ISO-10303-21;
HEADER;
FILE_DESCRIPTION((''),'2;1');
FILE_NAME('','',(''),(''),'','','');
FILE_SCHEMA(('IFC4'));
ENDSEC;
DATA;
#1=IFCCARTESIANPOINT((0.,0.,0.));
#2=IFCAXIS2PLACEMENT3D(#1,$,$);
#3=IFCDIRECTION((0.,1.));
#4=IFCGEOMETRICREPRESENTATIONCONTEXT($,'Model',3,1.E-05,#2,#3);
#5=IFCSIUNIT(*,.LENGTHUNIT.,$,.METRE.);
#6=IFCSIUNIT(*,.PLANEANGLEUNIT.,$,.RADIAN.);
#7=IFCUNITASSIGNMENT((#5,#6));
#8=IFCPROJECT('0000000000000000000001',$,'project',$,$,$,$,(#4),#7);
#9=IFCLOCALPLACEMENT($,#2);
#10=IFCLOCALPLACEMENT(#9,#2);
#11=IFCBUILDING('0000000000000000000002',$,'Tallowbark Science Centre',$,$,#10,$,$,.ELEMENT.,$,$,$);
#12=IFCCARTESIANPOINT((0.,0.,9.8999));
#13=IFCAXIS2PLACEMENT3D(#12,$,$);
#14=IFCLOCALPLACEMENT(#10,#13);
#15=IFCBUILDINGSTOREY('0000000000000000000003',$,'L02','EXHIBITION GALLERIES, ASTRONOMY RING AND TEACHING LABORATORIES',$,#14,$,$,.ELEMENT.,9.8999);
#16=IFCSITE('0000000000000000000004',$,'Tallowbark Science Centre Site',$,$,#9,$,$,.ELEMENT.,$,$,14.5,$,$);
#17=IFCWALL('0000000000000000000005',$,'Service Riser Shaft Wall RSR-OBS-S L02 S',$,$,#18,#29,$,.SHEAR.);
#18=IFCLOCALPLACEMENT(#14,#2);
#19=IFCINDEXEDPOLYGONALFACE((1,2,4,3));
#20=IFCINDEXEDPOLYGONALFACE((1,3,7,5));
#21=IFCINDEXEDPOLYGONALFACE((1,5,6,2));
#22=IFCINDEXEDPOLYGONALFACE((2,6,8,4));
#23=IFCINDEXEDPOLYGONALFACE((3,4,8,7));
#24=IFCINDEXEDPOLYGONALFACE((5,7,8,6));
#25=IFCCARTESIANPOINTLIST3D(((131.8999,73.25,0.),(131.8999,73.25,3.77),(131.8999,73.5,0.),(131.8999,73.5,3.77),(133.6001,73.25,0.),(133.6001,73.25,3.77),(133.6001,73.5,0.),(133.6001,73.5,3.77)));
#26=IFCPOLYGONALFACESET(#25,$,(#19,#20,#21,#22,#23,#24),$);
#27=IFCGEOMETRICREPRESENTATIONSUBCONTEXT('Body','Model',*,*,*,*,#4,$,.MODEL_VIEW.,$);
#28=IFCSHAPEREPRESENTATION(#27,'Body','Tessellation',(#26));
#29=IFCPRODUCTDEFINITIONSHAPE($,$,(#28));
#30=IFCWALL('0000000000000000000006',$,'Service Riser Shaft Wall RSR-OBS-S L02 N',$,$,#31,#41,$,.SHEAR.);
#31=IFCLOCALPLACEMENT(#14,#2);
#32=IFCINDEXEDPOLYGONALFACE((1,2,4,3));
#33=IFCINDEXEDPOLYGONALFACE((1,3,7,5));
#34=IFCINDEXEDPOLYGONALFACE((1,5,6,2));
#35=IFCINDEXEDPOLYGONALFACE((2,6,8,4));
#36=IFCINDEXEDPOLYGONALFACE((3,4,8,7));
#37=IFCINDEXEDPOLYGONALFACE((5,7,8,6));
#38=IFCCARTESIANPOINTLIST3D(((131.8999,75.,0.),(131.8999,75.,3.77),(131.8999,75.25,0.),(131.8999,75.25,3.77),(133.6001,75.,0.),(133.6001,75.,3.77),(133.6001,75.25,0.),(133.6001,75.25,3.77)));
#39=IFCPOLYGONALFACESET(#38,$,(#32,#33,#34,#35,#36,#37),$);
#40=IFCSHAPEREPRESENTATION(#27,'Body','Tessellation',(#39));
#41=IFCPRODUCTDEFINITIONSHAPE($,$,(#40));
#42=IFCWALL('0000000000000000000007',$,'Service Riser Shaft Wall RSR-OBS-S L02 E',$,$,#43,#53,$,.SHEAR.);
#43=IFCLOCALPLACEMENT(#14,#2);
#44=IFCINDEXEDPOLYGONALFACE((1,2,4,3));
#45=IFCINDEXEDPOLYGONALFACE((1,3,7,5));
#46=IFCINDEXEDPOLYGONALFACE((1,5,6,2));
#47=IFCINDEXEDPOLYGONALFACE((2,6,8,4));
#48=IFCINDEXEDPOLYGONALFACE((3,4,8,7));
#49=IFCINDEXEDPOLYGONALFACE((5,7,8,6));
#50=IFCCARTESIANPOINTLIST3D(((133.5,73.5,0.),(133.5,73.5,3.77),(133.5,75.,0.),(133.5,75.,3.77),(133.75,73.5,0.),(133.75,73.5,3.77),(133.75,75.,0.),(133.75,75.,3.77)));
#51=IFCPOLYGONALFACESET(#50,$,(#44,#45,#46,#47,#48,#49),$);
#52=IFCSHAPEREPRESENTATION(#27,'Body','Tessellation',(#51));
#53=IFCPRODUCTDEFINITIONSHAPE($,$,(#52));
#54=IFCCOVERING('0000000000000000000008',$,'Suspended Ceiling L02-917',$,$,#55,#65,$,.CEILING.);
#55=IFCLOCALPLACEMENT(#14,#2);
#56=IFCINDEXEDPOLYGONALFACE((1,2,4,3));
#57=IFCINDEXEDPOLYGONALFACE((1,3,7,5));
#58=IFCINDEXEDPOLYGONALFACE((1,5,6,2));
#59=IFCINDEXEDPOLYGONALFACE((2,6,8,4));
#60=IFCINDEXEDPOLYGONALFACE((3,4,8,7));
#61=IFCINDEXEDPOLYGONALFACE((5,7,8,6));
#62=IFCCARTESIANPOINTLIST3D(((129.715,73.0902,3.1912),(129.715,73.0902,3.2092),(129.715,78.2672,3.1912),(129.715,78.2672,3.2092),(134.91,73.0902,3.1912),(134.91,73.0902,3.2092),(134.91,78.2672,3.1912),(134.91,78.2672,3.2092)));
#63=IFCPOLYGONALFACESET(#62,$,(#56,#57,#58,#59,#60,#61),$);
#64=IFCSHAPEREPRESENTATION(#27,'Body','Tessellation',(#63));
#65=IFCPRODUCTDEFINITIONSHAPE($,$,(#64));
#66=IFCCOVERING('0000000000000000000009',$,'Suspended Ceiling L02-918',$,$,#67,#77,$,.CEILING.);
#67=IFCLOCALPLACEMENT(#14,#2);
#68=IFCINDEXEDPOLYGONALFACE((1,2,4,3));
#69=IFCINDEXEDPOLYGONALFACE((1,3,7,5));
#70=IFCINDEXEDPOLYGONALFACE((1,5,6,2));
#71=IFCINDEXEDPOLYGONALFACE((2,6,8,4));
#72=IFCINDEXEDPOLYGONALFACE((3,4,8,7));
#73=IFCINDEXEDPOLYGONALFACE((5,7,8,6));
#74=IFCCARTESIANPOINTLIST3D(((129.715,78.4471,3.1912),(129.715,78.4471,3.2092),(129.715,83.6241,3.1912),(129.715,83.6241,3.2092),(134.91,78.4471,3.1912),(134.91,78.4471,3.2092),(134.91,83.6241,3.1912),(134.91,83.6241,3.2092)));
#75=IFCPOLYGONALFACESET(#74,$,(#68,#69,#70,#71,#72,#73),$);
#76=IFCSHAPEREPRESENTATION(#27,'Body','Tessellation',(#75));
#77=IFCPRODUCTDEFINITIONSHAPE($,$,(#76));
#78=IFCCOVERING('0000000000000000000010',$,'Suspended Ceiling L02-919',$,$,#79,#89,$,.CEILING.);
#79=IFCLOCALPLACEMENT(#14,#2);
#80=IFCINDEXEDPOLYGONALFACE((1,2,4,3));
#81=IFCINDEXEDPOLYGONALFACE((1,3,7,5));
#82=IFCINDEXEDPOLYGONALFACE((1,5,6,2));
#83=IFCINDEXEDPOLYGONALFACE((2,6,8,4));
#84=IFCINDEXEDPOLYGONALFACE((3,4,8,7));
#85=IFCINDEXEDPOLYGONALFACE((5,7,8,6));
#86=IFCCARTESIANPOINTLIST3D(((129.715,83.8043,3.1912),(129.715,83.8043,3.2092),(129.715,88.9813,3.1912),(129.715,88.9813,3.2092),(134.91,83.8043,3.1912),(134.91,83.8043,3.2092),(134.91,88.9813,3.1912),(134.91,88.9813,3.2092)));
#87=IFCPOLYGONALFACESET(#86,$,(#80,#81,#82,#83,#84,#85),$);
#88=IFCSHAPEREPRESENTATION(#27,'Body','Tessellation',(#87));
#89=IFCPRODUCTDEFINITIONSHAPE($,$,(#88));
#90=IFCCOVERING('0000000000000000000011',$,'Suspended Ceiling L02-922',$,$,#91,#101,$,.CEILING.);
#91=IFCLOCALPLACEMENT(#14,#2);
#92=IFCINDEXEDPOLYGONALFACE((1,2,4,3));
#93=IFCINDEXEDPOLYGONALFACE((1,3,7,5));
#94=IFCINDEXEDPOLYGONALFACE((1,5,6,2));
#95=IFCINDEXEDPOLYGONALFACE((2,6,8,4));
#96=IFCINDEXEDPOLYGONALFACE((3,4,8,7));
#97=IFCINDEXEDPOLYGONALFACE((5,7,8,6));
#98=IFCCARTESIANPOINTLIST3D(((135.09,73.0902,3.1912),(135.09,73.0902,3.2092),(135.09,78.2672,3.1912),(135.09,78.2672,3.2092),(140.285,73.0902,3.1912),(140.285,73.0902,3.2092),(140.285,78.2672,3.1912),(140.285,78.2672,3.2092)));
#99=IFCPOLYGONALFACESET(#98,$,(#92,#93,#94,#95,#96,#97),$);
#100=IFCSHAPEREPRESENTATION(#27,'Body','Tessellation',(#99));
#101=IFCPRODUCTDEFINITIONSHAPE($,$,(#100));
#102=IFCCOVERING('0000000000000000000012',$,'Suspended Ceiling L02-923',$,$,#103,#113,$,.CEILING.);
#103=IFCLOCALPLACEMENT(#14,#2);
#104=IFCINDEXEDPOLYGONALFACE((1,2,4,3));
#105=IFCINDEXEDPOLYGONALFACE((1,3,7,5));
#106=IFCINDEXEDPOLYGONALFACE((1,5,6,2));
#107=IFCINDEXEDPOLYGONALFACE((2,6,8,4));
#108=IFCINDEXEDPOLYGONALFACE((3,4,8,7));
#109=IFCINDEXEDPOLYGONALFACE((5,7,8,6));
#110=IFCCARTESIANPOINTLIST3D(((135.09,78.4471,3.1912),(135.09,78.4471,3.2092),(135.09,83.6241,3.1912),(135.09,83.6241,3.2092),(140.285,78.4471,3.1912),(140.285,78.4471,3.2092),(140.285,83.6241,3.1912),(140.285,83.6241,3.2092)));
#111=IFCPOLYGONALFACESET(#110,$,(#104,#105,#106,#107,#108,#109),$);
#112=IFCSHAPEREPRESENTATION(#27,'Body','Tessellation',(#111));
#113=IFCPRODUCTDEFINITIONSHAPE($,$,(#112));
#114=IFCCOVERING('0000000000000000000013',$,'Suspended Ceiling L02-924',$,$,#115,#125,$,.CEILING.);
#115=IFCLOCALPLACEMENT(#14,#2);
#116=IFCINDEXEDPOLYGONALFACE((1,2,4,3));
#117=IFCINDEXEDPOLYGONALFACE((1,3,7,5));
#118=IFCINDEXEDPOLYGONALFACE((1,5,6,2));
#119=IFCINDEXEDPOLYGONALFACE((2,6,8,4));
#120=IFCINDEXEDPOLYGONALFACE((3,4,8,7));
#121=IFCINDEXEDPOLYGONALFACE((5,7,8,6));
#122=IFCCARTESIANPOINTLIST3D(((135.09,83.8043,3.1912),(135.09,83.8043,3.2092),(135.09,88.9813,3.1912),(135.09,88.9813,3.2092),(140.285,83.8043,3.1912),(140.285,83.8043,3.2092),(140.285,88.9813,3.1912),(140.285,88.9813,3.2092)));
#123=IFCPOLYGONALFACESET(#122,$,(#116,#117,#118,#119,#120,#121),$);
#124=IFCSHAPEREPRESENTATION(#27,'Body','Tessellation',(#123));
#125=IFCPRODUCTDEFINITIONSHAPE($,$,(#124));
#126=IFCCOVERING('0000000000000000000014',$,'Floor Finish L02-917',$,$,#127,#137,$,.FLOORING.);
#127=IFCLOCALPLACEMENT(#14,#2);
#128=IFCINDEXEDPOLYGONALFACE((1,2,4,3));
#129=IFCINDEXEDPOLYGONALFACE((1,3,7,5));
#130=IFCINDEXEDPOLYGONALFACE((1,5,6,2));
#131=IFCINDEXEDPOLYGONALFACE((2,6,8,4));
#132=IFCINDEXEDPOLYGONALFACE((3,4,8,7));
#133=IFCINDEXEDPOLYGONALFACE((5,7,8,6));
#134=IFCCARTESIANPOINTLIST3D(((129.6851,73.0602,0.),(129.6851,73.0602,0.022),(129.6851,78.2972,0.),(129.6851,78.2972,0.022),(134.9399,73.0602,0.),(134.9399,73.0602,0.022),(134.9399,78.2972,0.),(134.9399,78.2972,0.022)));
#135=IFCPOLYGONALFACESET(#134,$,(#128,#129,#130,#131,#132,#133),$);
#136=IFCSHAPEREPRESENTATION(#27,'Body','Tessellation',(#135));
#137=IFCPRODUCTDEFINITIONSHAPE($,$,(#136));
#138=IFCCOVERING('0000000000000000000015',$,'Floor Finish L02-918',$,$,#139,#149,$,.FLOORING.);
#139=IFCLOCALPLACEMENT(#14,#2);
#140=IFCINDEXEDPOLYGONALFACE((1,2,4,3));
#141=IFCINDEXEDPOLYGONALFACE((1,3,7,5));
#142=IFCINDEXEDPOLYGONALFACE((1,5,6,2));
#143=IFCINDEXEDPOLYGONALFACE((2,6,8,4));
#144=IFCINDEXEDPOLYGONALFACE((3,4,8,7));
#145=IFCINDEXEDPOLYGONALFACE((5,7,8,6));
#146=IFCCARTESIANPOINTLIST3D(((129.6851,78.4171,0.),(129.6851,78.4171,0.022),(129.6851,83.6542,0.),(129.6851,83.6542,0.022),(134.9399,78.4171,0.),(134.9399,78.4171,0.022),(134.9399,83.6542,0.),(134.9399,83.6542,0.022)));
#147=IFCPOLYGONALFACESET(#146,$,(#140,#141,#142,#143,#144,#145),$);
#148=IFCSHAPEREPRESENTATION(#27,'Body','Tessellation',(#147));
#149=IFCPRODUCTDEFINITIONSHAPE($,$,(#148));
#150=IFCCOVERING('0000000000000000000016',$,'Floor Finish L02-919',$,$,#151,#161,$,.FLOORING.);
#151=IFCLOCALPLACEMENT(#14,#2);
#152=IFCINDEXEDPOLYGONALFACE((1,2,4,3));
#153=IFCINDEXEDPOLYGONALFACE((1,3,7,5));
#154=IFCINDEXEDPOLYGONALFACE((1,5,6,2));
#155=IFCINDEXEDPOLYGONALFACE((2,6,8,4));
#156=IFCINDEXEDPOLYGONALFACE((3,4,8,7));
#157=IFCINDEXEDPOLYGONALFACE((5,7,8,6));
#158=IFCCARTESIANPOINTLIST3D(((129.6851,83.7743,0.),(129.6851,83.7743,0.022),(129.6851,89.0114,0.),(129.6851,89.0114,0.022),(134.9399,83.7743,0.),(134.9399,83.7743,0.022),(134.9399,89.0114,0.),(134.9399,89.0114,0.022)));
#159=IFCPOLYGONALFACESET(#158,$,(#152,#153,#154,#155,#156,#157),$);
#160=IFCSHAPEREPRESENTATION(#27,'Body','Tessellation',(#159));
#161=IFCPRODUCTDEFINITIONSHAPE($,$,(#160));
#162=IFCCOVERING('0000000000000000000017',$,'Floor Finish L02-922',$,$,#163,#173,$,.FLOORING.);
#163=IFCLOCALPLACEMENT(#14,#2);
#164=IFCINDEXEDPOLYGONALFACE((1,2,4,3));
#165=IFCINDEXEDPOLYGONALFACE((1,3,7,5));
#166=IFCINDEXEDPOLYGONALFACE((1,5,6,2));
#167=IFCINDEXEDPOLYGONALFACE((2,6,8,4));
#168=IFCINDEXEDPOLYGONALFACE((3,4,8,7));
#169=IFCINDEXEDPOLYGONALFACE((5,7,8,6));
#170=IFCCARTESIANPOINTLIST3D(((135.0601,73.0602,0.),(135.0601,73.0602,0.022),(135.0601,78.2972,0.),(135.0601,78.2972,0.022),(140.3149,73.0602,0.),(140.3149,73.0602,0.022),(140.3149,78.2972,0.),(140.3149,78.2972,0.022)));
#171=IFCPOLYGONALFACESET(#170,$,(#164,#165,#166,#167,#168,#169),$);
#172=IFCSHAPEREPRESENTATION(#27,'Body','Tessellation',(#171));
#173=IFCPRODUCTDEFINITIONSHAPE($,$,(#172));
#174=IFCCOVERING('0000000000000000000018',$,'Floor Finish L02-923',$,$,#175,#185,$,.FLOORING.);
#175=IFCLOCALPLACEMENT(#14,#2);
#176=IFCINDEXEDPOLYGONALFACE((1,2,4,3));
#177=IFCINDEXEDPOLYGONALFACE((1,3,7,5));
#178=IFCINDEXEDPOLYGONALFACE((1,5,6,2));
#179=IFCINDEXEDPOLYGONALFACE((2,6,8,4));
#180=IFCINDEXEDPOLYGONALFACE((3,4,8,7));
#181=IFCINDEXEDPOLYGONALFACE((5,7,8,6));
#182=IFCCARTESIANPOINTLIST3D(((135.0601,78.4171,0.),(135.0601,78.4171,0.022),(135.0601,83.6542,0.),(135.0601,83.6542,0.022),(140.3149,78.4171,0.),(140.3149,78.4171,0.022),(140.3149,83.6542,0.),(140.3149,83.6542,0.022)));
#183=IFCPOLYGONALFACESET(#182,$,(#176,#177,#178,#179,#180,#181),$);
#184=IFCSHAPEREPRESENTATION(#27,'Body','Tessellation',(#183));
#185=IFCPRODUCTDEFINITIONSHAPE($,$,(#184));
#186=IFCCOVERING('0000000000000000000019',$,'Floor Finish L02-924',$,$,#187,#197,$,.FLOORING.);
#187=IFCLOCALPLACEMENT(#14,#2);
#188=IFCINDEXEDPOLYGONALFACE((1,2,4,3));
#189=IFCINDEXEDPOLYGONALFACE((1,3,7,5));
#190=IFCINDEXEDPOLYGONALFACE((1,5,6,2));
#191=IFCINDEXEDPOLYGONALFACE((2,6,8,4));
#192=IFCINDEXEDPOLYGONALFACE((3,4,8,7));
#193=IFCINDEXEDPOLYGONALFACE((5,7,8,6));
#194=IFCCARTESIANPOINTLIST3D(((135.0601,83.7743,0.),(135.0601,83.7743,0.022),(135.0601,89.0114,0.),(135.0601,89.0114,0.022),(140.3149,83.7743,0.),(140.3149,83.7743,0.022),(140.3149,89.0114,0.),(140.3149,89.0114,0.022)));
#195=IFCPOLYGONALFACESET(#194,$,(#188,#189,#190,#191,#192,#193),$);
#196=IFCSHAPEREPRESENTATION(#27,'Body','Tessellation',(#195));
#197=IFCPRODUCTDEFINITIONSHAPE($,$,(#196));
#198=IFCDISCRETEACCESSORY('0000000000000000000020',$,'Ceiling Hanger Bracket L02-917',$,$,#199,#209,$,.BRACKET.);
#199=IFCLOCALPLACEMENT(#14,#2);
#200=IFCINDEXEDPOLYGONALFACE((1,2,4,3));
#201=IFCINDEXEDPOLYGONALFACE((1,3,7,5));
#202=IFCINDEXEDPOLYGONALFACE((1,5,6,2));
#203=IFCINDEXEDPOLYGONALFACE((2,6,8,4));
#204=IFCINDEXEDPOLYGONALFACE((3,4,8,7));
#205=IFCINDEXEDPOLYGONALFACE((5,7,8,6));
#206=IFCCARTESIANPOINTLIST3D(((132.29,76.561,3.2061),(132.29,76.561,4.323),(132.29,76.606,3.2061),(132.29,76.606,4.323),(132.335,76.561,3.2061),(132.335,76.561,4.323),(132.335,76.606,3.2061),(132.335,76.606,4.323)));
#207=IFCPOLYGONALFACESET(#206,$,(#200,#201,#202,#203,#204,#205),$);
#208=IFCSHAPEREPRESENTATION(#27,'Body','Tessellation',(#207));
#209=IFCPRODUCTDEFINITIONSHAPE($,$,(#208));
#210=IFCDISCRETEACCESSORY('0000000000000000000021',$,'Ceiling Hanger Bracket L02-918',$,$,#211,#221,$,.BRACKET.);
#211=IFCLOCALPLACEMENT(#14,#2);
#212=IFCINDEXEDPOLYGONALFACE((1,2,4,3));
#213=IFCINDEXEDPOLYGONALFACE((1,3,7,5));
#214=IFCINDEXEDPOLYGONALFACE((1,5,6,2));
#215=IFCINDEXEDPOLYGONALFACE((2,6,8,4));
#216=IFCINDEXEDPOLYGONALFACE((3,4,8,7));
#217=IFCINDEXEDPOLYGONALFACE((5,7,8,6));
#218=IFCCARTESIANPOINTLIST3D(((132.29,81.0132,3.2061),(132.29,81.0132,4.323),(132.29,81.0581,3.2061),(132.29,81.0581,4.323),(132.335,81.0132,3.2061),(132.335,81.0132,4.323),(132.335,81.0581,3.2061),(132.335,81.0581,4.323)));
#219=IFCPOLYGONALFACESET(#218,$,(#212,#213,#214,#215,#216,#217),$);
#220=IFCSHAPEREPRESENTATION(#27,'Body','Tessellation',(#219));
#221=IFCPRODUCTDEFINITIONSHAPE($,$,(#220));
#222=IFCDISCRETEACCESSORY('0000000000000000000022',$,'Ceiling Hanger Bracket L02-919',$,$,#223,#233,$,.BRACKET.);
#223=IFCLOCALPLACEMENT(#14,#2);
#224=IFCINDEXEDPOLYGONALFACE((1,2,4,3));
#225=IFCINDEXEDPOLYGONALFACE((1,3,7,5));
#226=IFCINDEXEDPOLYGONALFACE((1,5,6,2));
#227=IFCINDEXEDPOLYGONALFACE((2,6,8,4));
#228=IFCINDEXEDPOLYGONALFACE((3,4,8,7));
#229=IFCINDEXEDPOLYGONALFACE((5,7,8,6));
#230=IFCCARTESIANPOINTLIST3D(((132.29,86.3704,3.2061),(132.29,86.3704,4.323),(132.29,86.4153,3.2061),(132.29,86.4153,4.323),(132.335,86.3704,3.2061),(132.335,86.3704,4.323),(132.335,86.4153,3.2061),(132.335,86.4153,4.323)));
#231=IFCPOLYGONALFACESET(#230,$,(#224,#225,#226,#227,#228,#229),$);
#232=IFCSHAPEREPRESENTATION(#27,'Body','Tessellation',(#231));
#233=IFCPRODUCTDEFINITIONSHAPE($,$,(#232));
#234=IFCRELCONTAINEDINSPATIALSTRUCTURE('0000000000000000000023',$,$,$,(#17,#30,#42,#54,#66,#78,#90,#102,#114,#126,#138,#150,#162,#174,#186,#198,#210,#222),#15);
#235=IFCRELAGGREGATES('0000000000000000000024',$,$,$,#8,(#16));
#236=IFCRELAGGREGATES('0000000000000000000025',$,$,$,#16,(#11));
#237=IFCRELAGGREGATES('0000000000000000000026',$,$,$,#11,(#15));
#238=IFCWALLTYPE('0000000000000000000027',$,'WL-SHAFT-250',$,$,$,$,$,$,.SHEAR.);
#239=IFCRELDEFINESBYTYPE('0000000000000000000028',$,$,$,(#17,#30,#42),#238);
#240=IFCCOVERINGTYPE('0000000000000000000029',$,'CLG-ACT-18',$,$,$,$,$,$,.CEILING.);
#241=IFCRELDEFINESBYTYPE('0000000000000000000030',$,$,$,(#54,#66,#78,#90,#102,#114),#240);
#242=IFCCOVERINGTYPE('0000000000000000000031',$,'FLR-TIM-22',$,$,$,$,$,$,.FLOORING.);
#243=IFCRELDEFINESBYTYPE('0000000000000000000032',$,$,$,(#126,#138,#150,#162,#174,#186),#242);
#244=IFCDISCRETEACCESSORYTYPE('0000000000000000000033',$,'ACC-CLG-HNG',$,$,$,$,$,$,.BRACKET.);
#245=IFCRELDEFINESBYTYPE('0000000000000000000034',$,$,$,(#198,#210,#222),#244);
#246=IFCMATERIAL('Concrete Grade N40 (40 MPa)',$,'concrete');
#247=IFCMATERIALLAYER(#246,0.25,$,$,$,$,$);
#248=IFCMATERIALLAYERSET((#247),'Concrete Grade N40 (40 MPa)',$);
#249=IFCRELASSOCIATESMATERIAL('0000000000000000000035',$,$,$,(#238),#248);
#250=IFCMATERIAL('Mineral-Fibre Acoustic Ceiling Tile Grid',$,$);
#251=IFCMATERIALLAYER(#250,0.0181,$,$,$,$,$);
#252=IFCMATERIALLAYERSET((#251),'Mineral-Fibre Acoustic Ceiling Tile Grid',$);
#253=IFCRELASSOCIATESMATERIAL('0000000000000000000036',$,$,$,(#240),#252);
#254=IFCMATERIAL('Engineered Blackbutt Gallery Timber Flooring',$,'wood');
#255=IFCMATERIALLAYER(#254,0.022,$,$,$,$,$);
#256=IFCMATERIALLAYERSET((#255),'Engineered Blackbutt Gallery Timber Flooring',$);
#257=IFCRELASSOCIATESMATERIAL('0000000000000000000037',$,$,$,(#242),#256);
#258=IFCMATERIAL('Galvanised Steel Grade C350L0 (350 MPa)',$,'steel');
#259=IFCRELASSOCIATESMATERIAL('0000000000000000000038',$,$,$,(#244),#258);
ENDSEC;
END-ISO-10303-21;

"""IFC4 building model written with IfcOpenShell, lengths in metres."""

from ifc_helpers import new_model, si_unit, direction, frame, frame_2d, origin, origin_2d, place, context, subcontext, project, spatial, rectangle, extrude, material, layer, layer_set, type_object, element, save


model = new_model("IFC4")

# Units and contexts
model_context = context("Model", 3, precision=1e-05, world=origin(), true_north=direction((0.0, 1.0)))
body_context = subcontext(model_context, "Body", "Model", "MODEL_VIEW")
ifc_project = project(units=[si_unit("LENGTHUNIT", "METRE"), si_unit("PLANEANGLEUNIT", "RADIAN")], contexts=[model_context])

# Site, building, storey
site_placement = place(None, origin())
site = spatial("IfcSite", under=ifc_project, at=site_placement, Name="Tallowbark Science Centre Site", CompositionType="ELEMENT", RefElevation=14.5)
building_placement = place(site_placement, origin())
building = spatial("IfcBuilding", under=site, at=building_placement, Name="Tallowbark Science Centre", CompositionType="ELEMENT")
storey_placement = place(building_placement, frame((0.0, 0.0, 9.8999)))
storey = spatial("IfcBuildingStorey", under=building, at=storey_placement, Name="L02", Description="EXHIBITION GALLERIES, ASTRONOMY RING AND TEACHING LABORATORIES", CompositionType="ELEMENT", Elevation=9.8999)

# Walls
ifc_material_1 = material(Name="Concrete Grade N40 (40 MPa)", Category="concrete")
ifc_layer_1 = layer(ifc_material_1, 0.25)
ifc_layer_set_1 = layer_set([ifc_layer_1], Name="Concrete Grade N40 (40 MPa)")
wall_type = type_object("IfcWallType", Name="WL-SHAFT-250", PredefinedType="SHEAR", material=ifc_layer_set_1)
for number, where, z_axis, x_axis, name in (
    (1, (131.8999, 73.375, 0.0), (0.0, 0.0, 1.0), (1.0, 0.0, 0.0), "Service Riser Shaft Wall RSR-OBS-S L02 S"),
    (2, (131.8999, 75.125, 0.0), (0.0, 0.0, 1.0), (1.0, 0.0, 0.0), "Service Riser Shaft Wall RSR-OBS-S L02 N"),
):
    element("IfcWall", number, at=place(storey_placement, frame(where, z_axis=z_axis, x_axis=x_axis)), inside=storey, type_object=wall_type, Name=name, PredefinedType="SHEAR", context=body_context, shape_type="SweptSolid", body=[
        extrude(rectangle(XDim=1.7002, YDim=0.25, at=frame_2d((0.8501, 0.0))), origin(), (0.0, 0.0, 1.0), 3.77),
    ])
wall_placement = place(storey_placement, frame((133.625, 73.5, 0.0), z_axis=(0.0, 0.0, 1.0), x_axis=(0.0, 1.0, 0.0)))
element("IfcWall", 3, at=wall_placement, inside=storey, type_object=wall_type, Name="Service Riser Shaft Wall RSR-OBS-S L02 E", PredefinedType="SHEAR", context=body_context, shape_type="SweptSolid", body=[
    extrude(rectangle(XDim=1.5, YDim=0.25, at=frame_2d((0.75, 0.0))), origin(), (0.0, 0.0, 1.0), 3.77),
])

# Coverings
ifc_material_2 = material(Name="Mineral-Fibre Acoustic Ceiling Tile Grid")
ifc_layer_2 = layer(ifc_material_2, 0.0181)
ifc_layer_set_2 = layer_set([ifc_layer_2], Name="Mineral-Fibre Acoustic Ceiling Tile Grid")
covering_type_1 = type_object("IfcCoveringType", Name="CLG-ACT-18", PredefinedType="CEILING", material=ifc_layer_set_2)
for number, where, z_axis, x_axis, name in (
    (4, (132.3125, 75.6787, 3.1912), (0.0, 0.0, 1.0), (1.0, 0.0, 0.0), "Suspended Ceiling L02-917"),
    (5, (132.3125, 81.0356, 3.1912), (0.0, 0.0, 1.0), (1.0, 0.0, 0.0), "Suspended Ceiling L02-918"),
    (6, (132.3125, 86.3928, 3.1912), (0.0, 0.0, 1.0), (1.0, 0.0, 0.0), "Suspended Ceiling L02-919"),
    (7, (137.6875, 75.6787, 3.1912), (0.0, 0.0, 1.0), (1.0, 0.0, 0.0), "Suspended Ceiling L02-922"),
    (8, (137.6875, 81.0356, 3.1912), (0.0, 0.0, 1.0), (1.0, 0.0, 0.0), "Suspended Ceiling L02-923"),
    (9, (137.6875, 86.3928, 3.1912), (0.0, 0.0, 1.0), (1.0, 0.0, 0.0), "Suspended Ceiling L02-924"),
):
    element("IfcCovering", number, at=place(storey_placement, frame(where, z_axis=z_axis, x_axis=x_axis)), inside=storey, type_object=covering_type_1, Name=name, PredefinedType="CEILING", context=body_context, shape_type="SweptSolid", body=[
        extrude(rectangle(XDim=5.1951, YDim=5.177, at=origin_2d()), origin(), (0.0, 0.0, 1.0), 0.0181),
    ])
ifc_material_3 = material(Name="Engineered Blackbutt Gallery Timber Flooring", Category="wood")
ifc_layer_3 = layer(ifc_material_3, 0.022)
ifc_layer_set_3 = layer_set([ifc_layer_3], Name="Engineered Blackbutt Gallery Timber Flooring")
covering_type_2 = type_object("IfcCoveringType", Name="FLR-TIM-22", PredefinedType="FLOORING", material=ifc_layer_set_3)
for number, where, z_axis, x_axis, name in (
    (10, (132.3125, 75.6787, 0.0), (0.0, 0.0, 1.0), (1.0, 0.0, 0.0), "Floor Finish L02-917"),
    (11, (132.3125, 81.0356, 0.0), (0.0, 0.0, 1.0), (1.0, 0.0, 0.0), "Floor Finish L02-918"),
    (12, (132.3125, 86.3928, 0.0), (0.0, 0.0, 1.0), (1.0, 0.0, 0.0), "Floor Finish L02-919"),
    (13, (137.6875, 75.6787, 0.0), (0.0, 0.0, 1.0), (1.0, 0.0, 0.0), "Floor Finish L02-922"),
    (14, (137.6875, 81.0356, 0.0), (0.0, 0.0, 1.0), (1.0, 0.0, 0.0), "Floor Finish L02-923"),
    (15, (137.6875, 86.3928, 0.0), (0.0, 0.0, 1.0), (1.0, 0.0, 0.0), "Floor Finish L02-924"),
):
    element("IfcCovering", number, at=place(storey_placement, frame(where, z_axis=z_axis, x_axis=x_axis)), inside=storey, type_object=covering_type_2, Name=name, PredefinedType="FLOORING", context=body_context, shape_type="SweptSolid", body=[
        extrude(rectangle(XDim=5.2549, YDim=5.2371, at=origin_2d()), origin(), (0.0, 0.0, 1.0), 0.022),
    ])

# Discrete accessories
ifc_material_4 = material(Name="Galvanised Steel Grade C350L0 (350 MPa)", Category="steel")
discrete_accessory_type = type_object("IfcDiscreteAccessoryType", Name="ACC-CLG-HNG", PredefinedType="BRACKET", material=ifc_material_4)
for number, where, z_axis, x_axis, name in (
    (16, (132.3125, 76.5835, 3.2061), (0.0, 0.0, 1.0), (1.0, 0.0, 0.0), "Ceiling Hanger Bracket L02-917"),
    (17, (132.3125, 81.0356, 3.2061), (0.0, 0.0, 1.0), (1.0, 0.0, 0.0), "Ceiling Hanger Bracket L02-918"),
    (18, (132.3125, 86.3928, 3.2061), (0.0, 0.0, 1.0), (1.0, 0.0, 0.0), "Ceiling Hanger Bracket L02-919"),
):
    element("IfcDiscreteAccessory", number, at=place(storey_placement, frame(where, z_axis=z_axis, x_axis=x_axis)), inside=storey, type_object=discrete_accessory_type, Name=name, PredefinedType="BRACKET", context=body_context, shape_type="SweptSolid", body=[
        extrude(rectangle(XDim=0.0449, YDim=0.0449, at=origin_2d()), origin(), (0.0, 0.0, 1.0), 1.1169),
    ])

save(model, "model.ifc")
